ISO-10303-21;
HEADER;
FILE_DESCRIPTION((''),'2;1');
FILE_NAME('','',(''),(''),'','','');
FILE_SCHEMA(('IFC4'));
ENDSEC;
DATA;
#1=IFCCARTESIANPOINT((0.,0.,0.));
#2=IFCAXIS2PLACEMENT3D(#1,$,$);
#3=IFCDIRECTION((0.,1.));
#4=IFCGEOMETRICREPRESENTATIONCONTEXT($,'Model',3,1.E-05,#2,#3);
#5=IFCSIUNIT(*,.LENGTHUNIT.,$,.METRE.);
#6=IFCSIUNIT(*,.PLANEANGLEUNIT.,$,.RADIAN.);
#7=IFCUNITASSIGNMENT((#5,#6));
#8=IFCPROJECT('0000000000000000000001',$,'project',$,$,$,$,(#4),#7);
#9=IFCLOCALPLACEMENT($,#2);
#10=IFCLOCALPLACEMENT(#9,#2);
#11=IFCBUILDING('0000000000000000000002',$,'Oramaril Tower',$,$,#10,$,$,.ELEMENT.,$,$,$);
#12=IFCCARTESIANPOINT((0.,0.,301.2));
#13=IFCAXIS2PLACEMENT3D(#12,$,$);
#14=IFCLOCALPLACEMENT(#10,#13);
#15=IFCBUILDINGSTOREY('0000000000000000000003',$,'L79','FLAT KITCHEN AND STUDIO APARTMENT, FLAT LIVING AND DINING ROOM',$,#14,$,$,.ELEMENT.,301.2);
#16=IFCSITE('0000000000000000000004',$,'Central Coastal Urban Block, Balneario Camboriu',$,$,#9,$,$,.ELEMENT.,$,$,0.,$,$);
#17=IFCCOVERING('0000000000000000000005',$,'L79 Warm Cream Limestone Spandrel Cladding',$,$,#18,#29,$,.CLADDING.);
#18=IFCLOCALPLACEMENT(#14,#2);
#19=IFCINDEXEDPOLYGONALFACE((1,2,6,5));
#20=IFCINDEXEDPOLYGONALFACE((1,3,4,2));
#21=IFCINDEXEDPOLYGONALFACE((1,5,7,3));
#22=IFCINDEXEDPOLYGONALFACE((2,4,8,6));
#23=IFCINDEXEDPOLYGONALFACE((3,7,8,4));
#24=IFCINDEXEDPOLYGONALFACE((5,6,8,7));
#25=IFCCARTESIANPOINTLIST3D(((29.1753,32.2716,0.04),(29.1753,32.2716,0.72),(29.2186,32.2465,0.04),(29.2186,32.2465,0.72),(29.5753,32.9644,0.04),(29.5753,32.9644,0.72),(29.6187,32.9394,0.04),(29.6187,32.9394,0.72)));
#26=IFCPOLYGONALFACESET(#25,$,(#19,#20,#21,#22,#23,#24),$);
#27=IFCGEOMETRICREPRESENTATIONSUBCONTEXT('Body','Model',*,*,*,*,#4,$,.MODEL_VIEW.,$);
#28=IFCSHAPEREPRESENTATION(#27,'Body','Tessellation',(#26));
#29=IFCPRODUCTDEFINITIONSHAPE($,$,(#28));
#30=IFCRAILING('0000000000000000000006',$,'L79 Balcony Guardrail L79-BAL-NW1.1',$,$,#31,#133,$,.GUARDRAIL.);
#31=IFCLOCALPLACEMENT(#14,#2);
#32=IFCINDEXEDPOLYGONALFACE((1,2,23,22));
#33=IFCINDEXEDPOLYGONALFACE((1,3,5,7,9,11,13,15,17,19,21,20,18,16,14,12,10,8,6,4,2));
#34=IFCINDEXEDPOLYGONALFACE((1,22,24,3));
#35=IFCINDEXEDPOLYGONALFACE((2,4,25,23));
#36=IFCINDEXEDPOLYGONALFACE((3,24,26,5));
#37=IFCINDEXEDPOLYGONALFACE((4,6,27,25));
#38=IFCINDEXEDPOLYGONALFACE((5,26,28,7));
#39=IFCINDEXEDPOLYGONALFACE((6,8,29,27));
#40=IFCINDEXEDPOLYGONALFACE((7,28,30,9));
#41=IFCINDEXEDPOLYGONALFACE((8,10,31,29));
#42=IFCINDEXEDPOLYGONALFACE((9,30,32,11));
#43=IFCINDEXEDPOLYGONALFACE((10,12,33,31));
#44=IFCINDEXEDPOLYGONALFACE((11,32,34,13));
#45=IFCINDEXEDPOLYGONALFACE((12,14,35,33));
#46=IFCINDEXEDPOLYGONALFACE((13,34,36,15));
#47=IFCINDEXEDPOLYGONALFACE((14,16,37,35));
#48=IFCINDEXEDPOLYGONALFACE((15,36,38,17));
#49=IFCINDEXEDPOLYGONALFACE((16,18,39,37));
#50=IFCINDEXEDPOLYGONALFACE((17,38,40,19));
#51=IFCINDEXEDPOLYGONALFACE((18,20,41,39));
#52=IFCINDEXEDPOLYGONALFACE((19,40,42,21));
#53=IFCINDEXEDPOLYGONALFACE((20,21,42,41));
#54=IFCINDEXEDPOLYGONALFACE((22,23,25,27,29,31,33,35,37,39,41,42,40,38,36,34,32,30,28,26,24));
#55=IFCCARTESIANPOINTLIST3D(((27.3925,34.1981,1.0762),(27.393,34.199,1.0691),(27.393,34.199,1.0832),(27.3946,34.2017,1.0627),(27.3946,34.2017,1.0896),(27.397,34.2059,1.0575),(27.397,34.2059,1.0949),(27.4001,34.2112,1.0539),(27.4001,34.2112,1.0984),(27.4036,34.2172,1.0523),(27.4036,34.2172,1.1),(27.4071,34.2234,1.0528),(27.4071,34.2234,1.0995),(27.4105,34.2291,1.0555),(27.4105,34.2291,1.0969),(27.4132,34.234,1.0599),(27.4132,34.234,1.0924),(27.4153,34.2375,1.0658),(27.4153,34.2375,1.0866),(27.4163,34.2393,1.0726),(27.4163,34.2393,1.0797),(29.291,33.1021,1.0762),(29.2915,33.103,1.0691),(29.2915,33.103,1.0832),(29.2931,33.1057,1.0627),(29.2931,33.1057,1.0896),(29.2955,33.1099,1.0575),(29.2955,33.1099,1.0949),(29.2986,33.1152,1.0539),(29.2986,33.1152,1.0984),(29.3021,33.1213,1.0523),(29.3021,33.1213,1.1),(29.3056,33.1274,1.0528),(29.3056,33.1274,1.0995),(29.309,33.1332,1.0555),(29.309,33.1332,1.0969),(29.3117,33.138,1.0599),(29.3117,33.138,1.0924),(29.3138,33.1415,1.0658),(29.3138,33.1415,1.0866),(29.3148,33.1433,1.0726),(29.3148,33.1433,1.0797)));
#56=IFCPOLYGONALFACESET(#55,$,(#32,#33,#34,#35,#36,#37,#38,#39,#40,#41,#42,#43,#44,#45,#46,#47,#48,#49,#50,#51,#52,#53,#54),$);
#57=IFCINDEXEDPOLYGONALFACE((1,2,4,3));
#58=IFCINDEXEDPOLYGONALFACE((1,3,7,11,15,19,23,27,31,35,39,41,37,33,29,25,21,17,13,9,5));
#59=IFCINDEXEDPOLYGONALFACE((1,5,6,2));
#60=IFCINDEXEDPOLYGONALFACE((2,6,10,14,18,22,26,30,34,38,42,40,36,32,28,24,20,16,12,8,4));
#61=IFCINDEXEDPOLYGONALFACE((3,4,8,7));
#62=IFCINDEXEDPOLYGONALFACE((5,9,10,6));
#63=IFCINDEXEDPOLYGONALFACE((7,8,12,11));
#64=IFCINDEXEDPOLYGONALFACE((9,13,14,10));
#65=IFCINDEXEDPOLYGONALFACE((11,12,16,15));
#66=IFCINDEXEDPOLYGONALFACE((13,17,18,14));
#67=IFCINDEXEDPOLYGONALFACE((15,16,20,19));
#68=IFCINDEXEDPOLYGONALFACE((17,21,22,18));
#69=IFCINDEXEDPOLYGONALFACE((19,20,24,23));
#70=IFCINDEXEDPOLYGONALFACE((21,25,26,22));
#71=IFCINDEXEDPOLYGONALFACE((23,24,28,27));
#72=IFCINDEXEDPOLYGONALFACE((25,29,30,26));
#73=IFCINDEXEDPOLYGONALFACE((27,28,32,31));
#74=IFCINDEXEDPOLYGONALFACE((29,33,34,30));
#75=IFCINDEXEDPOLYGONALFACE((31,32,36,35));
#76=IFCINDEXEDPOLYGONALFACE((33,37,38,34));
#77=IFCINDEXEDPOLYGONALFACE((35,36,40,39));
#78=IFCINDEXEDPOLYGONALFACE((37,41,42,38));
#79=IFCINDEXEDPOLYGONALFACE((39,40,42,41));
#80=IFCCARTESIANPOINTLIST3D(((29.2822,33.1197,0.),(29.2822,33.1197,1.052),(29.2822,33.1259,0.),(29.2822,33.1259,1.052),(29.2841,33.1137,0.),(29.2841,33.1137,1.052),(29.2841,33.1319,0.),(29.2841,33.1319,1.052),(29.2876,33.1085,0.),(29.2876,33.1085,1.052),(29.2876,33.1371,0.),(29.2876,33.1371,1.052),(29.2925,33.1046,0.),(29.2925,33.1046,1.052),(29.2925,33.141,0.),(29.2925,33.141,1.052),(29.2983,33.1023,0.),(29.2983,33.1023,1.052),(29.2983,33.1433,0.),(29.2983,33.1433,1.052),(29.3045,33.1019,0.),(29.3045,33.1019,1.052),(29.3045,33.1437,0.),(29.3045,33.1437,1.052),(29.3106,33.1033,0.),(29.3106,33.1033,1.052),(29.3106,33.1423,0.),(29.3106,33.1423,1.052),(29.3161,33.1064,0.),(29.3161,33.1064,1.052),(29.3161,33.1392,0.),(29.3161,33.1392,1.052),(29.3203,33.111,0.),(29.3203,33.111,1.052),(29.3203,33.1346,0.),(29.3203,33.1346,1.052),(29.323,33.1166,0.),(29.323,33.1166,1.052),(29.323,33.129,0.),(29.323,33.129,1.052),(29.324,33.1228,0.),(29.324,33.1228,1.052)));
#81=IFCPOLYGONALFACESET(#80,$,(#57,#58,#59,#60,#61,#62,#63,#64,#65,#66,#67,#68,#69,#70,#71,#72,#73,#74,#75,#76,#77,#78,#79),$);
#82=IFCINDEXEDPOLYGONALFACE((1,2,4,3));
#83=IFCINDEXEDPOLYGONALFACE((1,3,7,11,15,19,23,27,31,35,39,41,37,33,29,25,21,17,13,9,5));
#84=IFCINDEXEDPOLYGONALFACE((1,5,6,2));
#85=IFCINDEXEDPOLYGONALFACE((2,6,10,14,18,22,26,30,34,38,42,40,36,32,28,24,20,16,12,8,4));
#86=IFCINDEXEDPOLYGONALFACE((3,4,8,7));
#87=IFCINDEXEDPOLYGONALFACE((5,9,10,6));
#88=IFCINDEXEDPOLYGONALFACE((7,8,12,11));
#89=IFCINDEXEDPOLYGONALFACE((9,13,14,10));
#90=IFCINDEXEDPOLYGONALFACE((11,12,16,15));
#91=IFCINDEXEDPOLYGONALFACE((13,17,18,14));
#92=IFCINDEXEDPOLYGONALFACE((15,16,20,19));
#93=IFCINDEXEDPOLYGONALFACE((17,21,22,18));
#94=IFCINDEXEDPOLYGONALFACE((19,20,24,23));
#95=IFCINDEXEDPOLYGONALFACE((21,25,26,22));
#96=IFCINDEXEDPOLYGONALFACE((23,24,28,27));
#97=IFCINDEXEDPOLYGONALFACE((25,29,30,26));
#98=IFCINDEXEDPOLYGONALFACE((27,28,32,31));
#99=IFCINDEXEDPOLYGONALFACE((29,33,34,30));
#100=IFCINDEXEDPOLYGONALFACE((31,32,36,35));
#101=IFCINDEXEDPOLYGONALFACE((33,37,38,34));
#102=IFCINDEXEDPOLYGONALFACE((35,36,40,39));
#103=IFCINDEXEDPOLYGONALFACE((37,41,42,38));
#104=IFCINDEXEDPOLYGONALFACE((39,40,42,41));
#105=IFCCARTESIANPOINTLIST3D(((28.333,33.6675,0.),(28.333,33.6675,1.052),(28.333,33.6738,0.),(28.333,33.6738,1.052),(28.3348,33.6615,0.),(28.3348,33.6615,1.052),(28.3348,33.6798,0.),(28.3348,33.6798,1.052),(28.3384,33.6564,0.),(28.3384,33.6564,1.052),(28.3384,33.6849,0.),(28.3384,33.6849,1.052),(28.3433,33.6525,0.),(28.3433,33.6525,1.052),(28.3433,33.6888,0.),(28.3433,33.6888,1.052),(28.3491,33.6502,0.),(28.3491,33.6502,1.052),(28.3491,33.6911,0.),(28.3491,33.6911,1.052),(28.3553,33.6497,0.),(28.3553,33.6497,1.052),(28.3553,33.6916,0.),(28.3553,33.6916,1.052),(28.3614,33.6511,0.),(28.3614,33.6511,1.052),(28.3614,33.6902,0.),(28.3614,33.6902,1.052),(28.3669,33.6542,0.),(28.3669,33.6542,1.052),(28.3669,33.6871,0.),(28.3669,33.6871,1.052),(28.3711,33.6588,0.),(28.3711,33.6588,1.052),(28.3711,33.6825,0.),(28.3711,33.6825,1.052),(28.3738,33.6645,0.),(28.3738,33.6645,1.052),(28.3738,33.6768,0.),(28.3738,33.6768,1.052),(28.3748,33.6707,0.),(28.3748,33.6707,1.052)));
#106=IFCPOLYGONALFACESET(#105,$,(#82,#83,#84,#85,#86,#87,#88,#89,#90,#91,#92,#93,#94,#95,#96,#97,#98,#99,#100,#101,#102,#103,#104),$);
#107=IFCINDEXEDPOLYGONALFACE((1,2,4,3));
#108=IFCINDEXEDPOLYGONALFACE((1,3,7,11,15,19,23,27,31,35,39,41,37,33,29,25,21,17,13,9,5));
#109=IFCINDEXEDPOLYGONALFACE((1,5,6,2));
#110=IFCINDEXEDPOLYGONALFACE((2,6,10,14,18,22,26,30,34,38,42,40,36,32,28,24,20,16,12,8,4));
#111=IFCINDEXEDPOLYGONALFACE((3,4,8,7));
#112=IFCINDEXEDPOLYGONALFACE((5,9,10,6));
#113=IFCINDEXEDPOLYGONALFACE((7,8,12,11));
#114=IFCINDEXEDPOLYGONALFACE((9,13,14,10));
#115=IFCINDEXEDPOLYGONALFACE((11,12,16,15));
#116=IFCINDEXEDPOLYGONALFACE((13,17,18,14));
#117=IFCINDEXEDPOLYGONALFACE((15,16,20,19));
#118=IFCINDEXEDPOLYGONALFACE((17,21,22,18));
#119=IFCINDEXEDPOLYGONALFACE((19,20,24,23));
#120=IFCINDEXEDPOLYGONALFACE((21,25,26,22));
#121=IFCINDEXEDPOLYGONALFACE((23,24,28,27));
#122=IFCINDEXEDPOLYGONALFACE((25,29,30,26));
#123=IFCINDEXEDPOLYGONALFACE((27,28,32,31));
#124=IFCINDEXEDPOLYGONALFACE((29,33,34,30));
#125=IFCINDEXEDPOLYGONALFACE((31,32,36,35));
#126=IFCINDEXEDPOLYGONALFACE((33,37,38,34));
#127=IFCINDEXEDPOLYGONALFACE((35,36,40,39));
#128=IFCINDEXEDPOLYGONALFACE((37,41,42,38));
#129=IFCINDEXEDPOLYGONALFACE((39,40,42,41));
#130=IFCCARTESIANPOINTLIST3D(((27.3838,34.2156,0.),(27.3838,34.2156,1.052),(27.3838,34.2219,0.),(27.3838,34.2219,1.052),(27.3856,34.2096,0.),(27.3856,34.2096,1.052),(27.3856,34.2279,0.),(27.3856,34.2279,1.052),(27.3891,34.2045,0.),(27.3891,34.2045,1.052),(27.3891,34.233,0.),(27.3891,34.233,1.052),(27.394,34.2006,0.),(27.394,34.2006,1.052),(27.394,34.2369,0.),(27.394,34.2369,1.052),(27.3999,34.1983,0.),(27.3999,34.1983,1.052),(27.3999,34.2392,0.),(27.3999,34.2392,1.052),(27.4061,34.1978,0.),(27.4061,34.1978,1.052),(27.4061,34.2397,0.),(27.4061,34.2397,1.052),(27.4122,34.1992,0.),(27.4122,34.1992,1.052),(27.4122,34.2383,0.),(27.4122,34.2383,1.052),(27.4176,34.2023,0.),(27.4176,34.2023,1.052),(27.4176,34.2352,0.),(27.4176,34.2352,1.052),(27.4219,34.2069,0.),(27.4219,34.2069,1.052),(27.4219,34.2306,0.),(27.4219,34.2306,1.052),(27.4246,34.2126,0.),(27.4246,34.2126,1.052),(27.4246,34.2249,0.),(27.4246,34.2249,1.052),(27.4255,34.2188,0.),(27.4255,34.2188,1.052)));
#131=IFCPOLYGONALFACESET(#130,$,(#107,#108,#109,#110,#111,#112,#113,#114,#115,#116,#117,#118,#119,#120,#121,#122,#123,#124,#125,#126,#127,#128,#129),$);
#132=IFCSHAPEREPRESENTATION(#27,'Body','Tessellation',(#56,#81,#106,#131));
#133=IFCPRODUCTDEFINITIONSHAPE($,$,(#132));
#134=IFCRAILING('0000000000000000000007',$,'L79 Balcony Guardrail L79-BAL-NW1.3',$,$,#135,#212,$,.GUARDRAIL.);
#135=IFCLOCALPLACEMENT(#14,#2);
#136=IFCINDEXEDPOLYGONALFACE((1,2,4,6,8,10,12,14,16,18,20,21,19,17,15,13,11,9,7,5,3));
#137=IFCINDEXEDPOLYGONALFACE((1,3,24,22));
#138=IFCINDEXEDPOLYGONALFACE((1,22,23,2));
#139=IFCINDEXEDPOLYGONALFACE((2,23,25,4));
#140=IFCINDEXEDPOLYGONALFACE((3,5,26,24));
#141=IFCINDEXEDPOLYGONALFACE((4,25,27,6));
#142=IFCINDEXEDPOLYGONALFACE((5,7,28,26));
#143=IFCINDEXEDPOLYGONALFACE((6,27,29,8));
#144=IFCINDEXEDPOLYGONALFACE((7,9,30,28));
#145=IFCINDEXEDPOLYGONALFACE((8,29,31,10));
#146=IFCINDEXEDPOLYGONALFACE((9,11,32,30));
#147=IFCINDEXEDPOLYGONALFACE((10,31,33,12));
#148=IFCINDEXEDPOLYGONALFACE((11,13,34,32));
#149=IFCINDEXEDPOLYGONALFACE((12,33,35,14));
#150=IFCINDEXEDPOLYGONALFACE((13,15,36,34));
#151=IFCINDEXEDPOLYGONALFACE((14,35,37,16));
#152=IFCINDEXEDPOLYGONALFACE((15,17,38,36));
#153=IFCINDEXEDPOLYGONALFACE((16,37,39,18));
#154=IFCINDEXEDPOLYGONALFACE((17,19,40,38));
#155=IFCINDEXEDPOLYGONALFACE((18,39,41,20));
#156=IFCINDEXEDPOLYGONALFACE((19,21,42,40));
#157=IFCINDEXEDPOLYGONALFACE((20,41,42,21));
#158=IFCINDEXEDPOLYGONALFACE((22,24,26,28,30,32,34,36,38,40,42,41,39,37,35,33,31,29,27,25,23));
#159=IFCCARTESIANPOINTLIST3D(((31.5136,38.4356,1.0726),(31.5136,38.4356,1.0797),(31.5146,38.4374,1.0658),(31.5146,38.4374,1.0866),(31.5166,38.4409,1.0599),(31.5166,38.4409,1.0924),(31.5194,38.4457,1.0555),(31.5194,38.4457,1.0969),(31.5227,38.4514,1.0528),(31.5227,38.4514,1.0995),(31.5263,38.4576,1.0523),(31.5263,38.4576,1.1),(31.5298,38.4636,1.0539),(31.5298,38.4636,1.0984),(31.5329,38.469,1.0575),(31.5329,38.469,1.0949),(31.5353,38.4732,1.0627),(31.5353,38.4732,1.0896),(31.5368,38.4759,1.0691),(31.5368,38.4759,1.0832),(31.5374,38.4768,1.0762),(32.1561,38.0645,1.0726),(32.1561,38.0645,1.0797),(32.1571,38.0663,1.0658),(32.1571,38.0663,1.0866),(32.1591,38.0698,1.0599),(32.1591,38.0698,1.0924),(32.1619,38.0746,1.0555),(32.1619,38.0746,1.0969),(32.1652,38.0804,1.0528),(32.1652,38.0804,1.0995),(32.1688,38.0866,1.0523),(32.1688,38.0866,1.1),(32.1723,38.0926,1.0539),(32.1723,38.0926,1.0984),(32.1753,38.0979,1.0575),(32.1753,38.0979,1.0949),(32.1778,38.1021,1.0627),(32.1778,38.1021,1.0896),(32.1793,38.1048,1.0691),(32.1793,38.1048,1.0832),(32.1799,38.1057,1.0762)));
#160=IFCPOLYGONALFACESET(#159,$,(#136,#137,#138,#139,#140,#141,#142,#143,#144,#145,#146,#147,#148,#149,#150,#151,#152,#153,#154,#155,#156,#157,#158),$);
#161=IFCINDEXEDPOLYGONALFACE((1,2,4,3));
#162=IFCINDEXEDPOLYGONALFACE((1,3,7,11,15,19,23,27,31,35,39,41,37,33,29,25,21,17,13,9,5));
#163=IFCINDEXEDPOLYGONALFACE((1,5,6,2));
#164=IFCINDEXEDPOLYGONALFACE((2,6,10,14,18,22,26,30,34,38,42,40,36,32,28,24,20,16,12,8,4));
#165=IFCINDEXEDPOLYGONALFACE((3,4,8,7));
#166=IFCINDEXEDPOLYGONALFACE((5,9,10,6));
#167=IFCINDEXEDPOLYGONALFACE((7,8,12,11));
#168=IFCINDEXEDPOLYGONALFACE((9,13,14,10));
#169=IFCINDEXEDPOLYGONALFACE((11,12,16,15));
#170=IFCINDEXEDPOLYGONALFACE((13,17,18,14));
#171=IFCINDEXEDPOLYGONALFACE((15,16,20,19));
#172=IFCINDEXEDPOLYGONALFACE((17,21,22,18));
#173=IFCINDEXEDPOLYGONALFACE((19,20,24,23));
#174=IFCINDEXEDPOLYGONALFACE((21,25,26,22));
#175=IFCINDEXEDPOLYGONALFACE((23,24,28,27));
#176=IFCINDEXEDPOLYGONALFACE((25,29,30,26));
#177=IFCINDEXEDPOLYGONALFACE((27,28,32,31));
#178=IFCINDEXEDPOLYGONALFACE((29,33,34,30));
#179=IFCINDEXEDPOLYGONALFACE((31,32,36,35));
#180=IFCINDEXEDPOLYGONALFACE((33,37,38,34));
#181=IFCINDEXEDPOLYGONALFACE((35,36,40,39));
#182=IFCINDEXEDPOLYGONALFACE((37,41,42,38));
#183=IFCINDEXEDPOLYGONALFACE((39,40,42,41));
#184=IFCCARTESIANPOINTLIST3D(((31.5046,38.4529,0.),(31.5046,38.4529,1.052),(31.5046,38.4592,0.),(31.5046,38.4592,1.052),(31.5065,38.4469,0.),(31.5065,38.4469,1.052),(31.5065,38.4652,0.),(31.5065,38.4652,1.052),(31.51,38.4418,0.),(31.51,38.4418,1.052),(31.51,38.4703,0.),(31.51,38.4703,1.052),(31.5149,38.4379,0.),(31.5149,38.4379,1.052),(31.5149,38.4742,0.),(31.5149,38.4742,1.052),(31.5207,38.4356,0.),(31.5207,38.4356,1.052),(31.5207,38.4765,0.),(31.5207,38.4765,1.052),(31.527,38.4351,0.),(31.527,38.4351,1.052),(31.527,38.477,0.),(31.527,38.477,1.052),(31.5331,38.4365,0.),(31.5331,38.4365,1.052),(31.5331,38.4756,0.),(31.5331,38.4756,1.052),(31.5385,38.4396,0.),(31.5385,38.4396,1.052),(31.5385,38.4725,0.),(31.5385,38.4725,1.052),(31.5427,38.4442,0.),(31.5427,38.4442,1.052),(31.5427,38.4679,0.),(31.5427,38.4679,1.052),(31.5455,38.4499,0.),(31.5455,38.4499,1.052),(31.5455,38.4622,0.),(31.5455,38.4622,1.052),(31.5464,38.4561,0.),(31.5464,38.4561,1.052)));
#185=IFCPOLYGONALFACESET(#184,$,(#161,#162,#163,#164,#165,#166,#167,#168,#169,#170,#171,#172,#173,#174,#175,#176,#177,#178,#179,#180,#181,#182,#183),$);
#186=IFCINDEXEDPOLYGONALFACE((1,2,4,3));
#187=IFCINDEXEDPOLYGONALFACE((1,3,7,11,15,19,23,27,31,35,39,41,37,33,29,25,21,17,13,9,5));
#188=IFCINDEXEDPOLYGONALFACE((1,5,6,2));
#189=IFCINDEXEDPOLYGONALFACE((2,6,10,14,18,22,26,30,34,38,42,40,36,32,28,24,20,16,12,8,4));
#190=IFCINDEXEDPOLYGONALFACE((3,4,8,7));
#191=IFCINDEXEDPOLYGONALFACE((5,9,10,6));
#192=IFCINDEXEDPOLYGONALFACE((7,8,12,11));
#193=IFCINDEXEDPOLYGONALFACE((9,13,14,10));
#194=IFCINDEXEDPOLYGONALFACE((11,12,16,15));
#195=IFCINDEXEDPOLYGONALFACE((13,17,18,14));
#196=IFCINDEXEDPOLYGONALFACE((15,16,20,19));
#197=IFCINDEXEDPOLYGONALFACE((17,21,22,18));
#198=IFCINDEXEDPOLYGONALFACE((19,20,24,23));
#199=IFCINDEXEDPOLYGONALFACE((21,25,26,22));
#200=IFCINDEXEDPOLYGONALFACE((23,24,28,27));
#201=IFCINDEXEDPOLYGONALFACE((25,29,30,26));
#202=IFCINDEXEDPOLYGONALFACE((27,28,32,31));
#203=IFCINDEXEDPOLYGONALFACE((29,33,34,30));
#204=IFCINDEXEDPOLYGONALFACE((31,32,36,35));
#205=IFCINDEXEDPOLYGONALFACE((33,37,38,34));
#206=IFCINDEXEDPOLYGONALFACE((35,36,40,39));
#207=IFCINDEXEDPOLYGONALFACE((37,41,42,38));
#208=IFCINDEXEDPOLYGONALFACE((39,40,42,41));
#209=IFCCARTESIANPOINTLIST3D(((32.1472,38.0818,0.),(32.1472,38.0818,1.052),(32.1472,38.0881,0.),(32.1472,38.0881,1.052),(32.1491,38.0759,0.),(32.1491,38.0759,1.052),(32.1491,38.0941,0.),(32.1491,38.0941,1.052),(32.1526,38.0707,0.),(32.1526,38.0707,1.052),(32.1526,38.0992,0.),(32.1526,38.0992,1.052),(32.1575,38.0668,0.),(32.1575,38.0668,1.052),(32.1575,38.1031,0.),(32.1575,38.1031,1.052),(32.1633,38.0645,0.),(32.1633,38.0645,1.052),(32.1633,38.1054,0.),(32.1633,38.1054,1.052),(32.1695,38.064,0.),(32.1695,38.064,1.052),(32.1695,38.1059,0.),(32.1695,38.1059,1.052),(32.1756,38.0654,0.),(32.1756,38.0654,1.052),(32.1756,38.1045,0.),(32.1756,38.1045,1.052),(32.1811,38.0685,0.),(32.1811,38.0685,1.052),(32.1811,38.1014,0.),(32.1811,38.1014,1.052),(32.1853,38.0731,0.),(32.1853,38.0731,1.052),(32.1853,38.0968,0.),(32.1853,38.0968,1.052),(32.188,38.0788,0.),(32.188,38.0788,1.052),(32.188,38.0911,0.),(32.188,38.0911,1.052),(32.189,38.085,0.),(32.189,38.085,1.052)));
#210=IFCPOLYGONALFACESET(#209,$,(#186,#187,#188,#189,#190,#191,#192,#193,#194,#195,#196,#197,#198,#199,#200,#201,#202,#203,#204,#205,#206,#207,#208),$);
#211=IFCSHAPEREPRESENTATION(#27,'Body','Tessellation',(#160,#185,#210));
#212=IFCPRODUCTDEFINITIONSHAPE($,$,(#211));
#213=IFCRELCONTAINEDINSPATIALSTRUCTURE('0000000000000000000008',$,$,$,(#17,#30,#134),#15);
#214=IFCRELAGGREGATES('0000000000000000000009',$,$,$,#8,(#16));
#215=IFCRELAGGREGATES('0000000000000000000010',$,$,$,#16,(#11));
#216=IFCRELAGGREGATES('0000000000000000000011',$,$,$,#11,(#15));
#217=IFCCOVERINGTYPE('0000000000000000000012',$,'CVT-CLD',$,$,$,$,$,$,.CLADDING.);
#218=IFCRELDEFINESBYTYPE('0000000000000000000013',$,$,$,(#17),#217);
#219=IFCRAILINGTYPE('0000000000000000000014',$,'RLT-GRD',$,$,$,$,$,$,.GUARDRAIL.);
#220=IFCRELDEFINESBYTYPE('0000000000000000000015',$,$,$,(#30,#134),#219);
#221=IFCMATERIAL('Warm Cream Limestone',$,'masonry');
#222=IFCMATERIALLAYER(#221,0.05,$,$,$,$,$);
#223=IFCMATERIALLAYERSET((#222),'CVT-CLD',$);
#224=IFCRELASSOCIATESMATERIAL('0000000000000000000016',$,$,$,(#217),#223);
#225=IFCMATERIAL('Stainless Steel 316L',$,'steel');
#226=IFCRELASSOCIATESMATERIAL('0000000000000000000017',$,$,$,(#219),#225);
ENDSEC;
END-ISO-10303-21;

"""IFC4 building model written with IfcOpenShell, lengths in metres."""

from ifc_helpers import new_model, si_unit, direction, frame, origin, origin_2d, place, context, subcontext, project, spatial, rectangle, circle, extrude, material, layer, layer_set, type_object, element, save


model = new_model("IFC4")

# Units and contexts
model_context = context("Model", 3, precision=1e-05, world=origin(), true_north=direction((0.0, 1.0)))
body_context = subcontext(model_context, "Body", "Model", "MODEL_VIEW")
ifc_project = project(units=[si_unit("LENGTHUNIT", "METRE"), si_unit("PLANEANGLEUNIT", "RADIAN")], contexts=[model_context])

# Site, building, storey
site_placement = place(None, origin())
site = spatial("IfcSite", under=ifc_project, at=site_placement, Name="Central Coastal Urban Block, Balneario Camboriu", CompositionType="ELEMENT", RefElevation=0.0)
building_placement = place(site_placement, origin())
building = spatial("IfcBuilding", under=site, at=building_placement, Name="Oramaril Tower", CompositionType="ELEMENT")
storey_placement = place(building_placement, frame((0.0, 0.0, 301.2)))
storey = spatial("IfcBuildingStorey", under=building, at=storey_placement, Name="L79", Description="FLAT KITCHEN AND STUDIO APARTMENT, FLAT LIVING AND DINING ROOM", CompositionType="ELEMENT", Elevation=301.2)

# Covering
ifc_material_1 = material(Name="Warm Cream Limestone", Category="masonry")
ifc_layer_1 = layer(ifc_material_1, 0.05)
ifc_layer_set_1 = layer_set([ifc_layer_1], Name="CVT-CLD")
covering_type = type_object("IfcCoveringType", Name="CVT-CLD", PredefinedType="CLADDING", material=ifc_layer_set_1)
covering_placement = place(storey_placement, frame((29.397, 32.6055, 0.04), z_axis=(0.0, 0.0, 1.0), x_axis=(-0.500002, -0.866025, 0.0)))
element("IfcCovering", 1, at=covering_placement, inside=storey, type_object=covering_type, Name="L79 Warm Cream Limestone Spandrel Cladding", PredefinedType="CLADDING", context=body_context, shape_type="SweptSolid", body=[
    extrude(rectangle(XDim=0.8, YDim=0.05, at=origin_2d()), origin(), (0.0, 0.0, 1.0), 0.6799),
])

# Railings
ifc_material_2 = material(Name="Stainless Steel 316L", Category="steel")
railing_type = type_object("IfcRailingType", Name="RLT-GRD", PredefinedType="GUARDRAIL", material=ifc_material_2)
railing_1_placement = place(storey_placement, frame((29.303, 33.1228, 0.0)))
element("IfcRailing", 2, at=railing_1_placement, inside=storey, type_object=railing_type, Name="L79 Balcony Guardrail L79-BAL-NW1.1", PredefinedType="GUARDRAIL", context=body_context, shape_type="SweptSolid", body=[
    extrude(circle(Radius=0.0239, at=origin_2d()), frame((0.0, 0.0, 1.0762), z_axis=(-0.866048, 0.49996, 0.0), x_axis=(-0.49996, -0.866048, 0.0)), (0.0, 0.0, 1.0), 2.1921),
    extrude(circle(Radius=0.021, at=origin_2d()), origin(), (0.0, 0.0, 1.0), 1.052),
    extrude(circle(Radius=0.021, at=origin_2d()), frame((-0.9492, 0.5479, 0.0)), (0.0, 0.0, 1.0), 1.052),
    extrude(circle(Radius=0.021, at=origin_2d()), frame((-1.8984, 1.0959, 0.0)), (0.0, 0.0, 1.0), 1.052),
])
railing_2_placement = place(storey_placement, frame((31.5254, 38.4561, 0.0)))
element("IfcRailing", 3, at=railing_2_placement, inside=storey, type_object=railing_type, Name="L79 Balcony Guardrail L79-BAL-NW1.3", PredefinedType="GUARDRAIL", context=body_context, shape_type="SweptSolid", body=[
    extrude(circle(Radius=0.0239, at=origin_2d()), frame((0.0, 0.0, 1.0762), z_axis=(0.865966, -0.500102, 0.0), x_axis=(0.500102, 0.865966, 0.0)), (0.0, 0.0, 1.0), 0.7419),
    extrude(circle(Radius=0.021, at=origin_2d()), origin(), (0.0, 0.0, 1.0), 1.052),
    extrude(circle(Radius=0.021, at=origin_2d()), frame((0.6426, -0.3711, 0.0)), (0.0, 0.0, 1.0), 1.052),
])

save(model, "model.ifc")
